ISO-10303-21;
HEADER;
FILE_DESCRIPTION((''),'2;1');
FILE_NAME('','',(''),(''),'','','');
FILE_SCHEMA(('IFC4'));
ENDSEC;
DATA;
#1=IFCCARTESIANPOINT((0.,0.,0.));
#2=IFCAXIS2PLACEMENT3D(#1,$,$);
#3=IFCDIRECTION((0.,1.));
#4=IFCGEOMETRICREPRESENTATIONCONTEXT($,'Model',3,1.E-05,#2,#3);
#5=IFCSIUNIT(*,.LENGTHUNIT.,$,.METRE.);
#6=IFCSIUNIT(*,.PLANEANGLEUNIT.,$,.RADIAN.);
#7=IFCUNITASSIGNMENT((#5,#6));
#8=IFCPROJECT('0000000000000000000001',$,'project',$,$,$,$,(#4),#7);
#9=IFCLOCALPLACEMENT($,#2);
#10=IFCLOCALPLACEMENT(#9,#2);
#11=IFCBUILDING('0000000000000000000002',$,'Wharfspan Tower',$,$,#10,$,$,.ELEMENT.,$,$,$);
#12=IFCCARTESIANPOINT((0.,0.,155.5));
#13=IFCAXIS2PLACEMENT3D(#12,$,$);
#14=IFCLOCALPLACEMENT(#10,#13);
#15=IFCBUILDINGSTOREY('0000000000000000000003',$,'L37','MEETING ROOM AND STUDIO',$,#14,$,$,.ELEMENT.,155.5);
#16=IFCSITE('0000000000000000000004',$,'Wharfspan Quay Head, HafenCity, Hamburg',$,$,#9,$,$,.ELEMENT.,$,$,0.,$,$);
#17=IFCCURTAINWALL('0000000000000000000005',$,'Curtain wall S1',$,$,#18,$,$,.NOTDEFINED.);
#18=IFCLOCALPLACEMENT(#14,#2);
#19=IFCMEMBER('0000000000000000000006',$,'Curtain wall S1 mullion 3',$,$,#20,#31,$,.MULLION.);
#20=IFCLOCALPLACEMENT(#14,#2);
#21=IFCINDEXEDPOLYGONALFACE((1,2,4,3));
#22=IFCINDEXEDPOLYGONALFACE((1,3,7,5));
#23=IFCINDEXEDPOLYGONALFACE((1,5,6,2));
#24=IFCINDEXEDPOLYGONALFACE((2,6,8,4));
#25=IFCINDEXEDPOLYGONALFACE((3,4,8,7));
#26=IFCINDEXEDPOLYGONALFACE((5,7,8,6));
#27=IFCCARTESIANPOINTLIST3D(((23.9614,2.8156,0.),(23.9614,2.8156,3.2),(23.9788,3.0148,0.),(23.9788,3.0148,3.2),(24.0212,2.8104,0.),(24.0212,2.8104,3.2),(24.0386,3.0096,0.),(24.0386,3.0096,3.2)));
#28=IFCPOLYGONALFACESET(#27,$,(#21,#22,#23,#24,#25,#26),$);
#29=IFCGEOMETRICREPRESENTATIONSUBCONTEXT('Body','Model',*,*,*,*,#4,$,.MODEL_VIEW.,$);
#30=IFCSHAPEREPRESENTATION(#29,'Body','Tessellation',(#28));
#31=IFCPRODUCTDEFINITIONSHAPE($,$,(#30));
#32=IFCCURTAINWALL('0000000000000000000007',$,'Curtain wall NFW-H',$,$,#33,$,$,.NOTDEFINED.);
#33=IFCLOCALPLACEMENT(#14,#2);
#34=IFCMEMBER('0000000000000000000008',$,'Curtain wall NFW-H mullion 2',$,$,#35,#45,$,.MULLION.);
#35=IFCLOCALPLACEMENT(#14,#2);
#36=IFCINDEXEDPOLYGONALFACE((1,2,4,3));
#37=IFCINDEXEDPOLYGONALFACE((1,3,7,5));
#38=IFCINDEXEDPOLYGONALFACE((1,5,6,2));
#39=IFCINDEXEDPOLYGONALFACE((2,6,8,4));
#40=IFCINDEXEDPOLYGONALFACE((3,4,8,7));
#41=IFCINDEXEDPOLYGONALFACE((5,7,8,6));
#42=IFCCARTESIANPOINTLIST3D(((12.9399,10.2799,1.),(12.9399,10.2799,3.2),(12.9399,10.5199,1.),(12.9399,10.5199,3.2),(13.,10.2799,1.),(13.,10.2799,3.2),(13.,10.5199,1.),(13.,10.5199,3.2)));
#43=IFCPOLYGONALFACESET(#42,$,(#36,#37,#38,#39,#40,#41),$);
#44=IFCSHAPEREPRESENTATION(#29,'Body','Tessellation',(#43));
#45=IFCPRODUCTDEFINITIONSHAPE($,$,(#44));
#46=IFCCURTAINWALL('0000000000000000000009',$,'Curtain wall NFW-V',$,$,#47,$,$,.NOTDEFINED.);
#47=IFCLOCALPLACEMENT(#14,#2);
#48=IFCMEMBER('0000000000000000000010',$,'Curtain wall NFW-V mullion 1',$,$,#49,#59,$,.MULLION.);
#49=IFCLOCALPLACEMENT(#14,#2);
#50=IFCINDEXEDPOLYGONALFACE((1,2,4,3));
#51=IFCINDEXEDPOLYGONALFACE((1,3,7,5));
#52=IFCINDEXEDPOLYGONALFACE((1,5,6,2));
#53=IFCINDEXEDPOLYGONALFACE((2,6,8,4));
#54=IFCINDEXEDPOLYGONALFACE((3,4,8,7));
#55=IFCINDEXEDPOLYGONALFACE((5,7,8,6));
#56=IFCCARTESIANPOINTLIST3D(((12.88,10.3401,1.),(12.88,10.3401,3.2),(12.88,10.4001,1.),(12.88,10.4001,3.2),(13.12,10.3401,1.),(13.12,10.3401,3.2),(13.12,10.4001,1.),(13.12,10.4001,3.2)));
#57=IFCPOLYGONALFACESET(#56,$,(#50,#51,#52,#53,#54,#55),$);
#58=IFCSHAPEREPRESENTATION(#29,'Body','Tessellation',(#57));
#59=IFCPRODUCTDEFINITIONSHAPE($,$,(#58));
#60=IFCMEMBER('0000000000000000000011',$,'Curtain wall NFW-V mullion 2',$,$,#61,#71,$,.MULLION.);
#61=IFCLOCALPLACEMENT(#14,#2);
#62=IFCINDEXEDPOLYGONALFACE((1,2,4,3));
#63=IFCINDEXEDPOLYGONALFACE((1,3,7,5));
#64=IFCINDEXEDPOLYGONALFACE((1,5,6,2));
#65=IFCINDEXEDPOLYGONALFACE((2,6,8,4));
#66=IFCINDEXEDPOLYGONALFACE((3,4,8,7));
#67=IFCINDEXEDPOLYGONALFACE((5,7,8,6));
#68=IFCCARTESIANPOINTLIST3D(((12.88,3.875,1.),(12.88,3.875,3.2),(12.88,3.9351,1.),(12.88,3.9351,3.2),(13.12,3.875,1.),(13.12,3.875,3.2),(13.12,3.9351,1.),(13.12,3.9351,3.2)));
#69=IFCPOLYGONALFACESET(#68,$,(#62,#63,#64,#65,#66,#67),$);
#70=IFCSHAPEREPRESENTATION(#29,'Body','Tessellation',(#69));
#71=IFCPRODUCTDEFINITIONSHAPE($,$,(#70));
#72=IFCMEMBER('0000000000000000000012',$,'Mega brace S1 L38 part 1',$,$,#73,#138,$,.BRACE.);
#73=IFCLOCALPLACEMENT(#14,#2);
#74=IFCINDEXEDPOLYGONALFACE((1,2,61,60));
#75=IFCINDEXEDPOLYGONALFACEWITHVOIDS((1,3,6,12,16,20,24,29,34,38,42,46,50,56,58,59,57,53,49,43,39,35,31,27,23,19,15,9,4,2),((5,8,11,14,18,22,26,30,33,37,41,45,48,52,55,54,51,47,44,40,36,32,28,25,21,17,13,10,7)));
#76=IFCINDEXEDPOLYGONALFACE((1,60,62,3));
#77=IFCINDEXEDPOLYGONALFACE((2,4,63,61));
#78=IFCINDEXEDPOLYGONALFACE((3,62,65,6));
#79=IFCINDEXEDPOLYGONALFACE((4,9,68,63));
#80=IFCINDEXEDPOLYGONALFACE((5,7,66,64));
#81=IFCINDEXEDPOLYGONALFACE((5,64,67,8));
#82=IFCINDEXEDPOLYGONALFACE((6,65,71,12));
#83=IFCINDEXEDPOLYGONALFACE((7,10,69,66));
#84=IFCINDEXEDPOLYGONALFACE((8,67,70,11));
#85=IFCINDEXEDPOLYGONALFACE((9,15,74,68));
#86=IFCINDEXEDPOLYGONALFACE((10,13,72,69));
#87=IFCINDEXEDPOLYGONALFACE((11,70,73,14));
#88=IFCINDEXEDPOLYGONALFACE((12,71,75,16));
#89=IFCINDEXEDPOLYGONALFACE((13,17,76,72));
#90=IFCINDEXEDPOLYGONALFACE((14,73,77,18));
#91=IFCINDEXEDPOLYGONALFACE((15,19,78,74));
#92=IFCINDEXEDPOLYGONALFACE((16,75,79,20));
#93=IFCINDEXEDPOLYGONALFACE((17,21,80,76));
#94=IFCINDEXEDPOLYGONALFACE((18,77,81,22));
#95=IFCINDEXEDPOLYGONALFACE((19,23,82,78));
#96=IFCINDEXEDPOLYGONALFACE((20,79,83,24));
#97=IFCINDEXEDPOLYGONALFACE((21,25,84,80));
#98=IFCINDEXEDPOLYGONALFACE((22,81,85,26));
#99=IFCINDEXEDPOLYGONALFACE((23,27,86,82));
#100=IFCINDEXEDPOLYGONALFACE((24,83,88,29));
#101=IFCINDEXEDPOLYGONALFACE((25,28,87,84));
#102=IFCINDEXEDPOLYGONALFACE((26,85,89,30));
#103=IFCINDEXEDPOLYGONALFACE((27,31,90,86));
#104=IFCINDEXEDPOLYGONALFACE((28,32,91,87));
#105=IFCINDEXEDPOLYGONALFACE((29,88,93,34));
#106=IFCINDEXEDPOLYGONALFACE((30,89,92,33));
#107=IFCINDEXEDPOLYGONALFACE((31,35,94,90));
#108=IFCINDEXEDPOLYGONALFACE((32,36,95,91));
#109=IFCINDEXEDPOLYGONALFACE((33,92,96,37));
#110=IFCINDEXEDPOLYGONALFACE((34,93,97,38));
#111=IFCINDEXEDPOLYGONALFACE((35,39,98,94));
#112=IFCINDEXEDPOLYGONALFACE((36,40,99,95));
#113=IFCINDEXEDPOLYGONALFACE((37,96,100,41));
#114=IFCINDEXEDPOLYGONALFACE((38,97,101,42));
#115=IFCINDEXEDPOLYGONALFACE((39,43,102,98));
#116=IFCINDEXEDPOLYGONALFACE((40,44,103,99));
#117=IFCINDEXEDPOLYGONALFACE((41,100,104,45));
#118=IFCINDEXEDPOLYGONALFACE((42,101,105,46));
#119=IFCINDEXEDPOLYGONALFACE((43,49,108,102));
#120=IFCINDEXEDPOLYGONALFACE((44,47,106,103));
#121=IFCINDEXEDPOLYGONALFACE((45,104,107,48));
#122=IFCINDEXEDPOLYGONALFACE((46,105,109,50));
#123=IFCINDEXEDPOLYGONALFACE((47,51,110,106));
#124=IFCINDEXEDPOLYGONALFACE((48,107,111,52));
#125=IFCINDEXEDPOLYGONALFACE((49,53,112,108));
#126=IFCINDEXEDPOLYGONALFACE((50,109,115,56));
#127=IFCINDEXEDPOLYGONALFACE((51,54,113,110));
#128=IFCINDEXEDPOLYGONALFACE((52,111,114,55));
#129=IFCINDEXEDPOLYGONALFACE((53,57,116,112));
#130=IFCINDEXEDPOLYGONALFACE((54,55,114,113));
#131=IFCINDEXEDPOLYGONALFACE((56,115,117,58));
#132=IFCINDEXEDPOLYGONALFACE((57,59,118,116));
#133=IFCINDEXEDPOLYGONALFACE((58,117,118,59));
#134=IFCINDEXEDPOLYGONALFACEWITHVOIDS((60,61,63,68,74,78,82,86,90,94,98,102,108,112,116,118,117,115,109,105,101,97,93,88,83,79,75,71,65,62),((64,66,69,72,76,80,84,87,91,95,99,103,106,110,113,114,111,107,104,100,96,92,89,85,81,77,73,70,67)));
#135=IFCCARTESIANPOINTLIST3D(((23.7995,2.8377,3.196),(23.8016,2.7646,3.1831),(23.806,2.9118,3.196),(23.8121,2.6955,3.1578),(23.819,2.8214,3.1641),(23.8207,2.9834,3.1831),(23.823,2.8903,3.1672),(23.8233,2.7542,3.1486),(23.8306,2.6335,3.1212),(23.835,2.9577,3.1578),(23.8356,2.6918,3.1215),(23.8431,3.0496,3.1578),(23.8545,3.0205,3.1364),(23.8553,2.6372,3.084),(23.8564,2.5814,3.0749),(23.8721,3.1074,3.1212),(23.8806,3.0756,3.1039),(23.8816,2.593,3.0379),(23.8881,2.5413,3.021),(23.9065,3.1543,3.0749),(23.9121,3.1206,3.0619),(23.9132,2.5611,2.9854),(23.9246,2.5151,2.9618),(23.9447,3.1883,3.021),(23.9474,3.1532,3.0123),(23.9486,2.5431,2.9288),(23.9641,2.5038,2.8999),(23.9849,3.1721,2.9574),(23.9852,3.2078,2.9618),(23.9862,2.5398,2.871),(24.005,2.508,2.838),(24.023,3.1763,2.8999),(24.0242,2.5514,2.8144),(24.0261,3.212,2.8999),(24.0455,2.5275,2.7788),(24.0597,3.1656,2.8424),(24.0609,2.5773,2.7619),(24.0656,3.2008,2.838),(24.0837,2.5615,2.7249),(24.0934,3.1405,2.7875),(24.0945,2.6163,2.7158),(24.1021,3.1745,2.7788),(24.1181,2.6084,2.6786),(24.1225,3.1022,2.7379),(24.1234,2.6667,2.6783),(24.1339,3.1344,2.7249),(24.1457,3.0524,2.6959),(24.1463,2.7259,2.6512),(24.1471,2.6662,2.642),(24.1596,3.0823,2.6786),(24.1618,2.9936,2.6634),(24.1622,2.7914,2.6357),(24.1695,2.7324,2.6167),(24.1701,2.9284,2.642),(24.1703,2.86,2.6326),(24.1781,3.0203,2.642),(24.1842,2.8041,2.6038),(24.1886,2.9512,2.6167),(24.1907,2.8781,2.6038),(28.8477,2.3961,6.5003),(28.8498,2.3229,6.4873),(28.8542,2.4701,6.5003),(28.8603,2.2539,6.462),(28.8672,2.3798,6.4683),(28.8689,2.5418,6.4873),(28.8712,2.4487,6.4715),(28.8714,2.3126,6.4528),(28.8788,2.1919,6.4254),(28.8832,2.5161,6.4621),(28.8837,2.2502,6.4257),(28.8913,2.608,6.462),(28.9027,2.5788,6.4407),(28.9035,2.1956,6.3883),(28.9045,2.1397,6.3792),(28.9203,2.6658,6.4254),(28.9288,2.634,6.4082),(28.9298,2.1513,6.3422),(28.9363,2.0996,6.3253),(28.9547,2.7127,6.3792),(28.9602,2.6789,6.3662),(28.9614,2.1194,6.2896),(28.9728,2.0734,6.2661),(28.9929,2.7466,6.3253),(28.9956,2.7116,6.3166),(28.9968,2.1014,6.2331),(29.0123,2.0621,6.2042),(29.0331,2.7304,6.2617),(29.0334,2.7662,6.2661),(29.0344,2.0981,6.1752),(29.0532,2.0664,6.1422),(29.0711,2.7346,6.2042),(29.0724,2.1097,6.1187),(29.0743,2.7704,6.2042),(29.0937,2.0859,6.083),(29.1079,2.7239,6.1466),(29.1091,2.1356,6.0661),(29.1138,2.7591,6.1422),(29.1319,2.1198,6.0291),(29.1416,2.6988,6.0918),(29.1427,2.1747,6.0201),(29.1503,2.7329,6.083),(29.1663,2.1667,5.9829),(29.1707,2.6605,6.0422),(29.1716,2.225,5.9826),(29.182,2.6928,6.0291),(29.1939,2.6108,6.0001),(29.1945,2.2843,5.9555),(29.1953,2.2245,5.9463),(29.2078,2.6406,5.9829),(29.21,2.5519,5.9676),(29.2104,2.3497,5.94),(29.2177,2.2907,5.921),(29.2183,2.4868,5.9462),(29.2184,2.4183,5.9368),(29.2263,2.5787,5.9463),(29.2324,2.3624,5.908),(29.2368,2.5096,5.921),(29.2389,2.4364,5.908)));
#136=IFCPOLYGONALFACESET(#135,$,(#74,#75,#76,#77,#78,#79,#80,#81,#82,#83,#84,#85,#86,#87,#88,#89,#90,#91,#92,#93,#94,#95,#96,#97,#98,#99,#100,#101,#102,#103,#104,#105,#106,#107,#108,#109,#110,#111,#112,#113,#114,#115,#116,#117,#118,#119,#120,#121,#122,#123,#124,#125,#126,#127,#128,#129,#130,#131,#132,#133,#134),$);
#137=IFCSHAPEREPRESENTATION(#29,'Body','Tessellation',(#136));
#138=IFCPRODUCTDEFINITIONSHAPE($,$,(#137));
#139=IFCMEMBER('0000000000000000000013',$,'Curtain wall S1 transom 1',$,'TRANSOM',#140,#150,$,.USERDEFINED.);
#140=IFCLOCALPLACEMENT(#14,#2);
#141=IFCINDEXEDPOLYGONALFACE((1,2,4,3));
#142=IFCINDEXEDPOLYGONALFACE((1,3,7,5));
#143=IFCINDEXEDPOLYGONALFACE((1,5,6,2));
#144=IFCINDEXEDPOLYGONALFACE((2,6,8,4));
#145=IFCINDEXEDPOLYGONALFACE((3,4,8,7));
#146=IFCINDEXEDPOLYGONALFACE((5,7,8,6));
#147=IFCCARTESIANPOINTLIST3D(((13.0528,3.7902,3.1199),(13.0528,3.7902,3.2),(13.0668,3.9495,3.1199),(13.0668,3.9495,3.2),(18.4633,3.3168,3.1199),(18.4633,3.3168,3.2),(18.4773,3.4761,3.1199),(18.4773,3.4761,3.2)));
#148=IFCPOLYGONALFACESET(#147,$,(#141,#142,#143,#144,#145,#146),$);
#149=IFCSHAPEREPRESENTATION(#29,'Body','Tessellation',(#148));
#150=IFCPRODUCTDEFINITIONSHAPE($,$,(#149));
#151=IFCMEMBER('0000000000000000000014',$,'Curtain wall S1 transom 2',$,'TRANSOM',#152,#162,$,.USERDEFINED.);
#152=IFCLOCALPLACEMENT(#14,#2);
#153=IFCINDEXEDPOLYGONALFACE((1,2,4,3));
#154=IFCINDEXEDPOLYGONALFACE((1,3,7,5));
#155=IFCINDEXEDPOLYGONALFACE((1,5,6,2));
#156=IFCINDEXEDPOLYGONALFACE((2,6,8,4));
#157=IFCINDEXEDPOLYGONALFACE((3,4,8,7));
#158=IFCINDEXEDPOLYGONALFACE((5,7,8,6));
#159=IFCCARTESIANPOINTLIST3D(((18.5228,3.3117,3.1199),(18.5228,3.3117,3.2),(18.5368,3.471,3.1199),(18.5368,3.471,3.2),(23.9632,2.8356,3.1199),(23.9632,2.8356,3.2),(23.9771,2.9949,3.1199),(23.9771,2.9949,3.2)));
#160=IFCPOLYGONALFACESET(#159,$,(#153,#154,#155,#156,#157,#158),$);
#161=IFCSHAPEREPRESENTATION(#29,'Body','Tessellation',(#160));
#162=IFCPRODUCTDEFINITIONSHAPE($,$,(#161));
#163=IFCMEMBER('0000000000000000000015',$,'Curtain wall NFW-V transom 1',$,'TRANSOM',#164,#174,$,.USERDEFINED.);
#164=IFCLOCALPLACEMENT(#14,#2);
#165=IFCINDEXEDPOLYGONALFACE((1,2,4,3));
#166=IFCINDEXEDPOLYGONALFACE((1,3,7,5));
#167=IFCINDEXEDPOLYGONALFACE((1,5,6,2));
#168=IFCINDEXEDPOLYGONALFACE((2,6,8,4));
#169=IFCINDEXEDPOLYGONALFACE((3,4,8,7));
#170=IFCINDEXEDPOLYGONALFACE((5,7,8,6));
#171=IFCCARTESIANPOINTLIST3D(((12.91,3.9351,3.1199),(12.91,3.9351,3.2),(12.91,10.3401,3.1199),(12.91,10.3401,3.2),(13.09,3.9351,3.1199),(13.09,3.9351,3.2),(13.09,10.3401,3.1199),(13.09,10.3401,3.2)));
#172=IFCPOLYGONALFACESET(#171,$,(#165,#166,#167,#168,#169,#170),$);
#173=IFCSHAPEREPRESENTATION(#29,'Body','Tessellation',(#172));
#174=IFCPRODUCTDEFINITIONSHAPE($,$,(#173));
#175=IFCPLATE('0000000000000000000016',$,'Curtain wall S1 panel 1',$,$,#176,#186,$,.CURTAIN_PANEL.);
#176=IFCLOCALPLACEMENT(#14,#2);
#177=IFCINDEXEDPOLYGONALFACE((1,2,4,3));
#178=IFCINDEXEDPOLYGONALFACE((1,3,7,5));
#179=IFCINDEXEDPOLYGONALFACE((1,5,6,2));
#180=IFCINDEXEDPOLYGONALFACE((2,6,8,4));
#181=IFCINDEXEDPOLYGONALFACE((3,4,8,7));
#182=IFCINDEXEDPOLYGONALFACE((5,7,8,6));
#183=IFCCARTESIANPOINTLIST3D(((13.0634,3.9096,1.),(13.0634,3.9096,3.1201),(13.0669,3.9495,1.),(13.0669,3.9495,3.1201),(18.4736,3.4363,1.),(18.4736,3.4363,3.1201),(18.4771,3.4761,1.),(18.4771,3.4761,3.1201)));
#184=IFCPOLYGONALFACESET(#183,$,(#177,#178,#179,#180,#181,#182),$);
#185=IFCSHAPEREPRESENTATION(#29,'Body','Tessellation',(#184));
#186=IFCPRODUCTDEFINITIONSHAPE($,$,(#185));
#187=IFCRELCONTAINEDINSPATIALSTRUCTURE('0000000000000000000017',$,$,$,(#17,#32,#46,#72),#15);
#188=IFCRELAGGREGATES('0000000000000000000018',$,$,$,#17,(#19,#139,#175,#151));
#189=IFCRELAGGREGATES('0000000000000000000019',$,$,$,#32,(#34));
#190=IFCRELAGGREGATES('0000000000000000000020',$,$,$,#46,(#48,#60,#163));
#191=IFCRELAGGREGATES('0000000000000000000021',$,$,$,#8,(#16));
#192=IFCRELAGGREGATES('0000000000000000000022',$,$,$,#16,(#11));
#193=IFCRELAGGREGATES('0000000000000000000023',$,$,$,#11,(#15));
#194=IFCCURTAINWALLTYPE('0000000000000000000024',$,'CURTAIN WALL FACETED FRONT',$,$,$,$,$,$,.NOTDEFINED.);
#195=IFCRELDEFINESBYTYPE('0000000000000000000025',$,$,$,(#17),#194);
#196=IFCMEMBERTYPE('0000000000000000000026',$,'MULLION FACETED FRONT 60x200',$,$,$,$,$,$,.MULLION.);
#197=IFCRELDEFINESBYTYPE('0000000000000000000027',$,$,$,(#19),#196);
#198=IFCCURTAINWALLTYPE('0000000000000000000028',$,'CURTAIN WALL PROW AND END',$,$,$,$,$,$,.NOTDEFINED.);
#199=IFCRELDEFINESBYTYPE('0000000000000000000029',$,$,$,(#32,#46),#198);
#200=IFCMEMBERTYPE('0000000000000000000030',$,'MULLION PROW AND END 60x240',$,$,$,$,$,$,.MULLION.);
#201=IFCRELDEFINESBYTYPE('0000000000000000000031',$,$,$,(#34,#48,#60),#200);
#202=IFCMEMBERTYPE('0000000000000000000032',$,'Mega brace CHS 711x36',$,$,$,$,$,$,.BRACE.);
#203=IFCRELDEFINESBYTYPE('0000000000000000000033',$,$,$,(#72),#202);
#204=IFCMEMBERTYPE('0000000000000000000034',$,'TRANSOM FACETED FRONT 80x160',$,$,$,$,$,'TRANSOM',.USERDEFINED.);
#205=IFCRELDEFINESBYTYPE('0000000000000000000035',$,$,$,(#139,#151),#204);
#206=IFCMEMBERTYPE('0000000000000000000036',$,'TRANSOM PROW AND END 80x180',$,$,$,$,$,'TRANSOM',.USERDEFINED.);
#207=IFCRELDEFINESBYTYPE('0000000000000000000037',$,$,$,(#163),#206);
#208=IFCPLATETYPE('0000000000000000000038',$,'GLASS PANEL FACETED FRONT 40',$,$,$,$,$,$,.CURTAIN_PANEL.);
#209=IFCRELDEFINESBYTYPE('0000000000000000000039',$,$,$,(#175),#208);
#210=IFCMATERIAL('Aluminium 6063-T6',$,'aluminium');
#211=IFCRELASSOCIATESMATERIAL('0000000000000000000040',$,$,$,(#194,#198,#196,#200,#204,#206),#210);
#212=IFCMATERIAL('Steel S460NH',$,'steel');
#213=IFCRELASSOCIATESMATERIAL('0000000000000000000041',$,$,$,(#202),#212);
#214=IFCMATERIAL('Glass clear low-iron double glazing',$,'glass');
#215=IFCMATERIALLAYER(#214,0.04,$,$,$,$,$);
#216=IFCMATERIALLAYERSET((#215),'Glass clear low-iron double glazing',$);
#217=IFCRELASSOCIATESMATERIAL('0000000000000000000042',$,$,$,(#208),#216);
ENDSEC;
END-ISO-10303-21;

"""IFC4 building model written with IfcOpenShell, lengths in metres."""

from ifc_helpers import new_model, si_unit, direction, frame, origin, origin_2d, place, context, subcontext, project, spatial, rectangle, hollow_circle, extrude, material, layer, layer_set, material_profile, profile_set, type_object, element, aggregate, save


model = new_model("IFC4")

# Units and contexts
model_context = context("Model", 3, precision=1e-05, world=origin(), true_north=direction((0.0, 1.0)))
body_context = subcontext(model_context, "Body", "Model", "MODEL_VIEW")
ifc_project = project(units=[si_unit("LENGTHUNIT", "METRE"), si_unit("PLANEANGLEUNIT", "RADIAN")], contexts=[model_context])

# Site, building, storey
site_placement = place(None, origin())
site = spatial("IfcSite", under=ifc_project, at=site_placement, Name="Wharfspan Quay Head, HafenCity, Hamburg", CompositionType="ELEMENT", RefElevation=0.0)
building_placement = place(site_placement, origin())
building = spatial("IfcBuilding", under=site, at=building_placement, Name="Wharfspan Tower", CompositionType="ELEMENT")
storey_placement = place(building_placement, frame((0.0, 0.0, 155.5)))
storey = spatial("IfcBuildingStorey", under=building, at=storey_placement, Name="L37", Description="MEETING ROOM AND STUDIO", CompositionType="ELEMENT", Elevation=155.5)

# Curtain wall, member
ifc_material_1 = material(Name="Aluminium 6063-T6", Category="aluminium")
curtain_wall_type_1 = type_object("IfcCurtainWallType", Name="CURTAIN WALL FACETED FRONT", PredefinedType="NOTDEFINED", material=ifc_material_1)
curtain_wall_1_placement = place(storey_placement, origin())
curtain_wall_1 = element("IfcCurtainWall", 1, at=curtain_wall_1_placement, inside=storey, type_object=curtain_wall_type_1, Name="Curtain wall S1", PredefinedType="NOTDEFINED")
ifc_material_profile_1 = material_profile(ifc_material_1, rectangle(XDim=0.2, YDim=0.0601, at=origin_2d()))
ifc_profile_set_1 = profile_set([ifc_material_profile_1], Name="Aluminium 6063-T6")
member_type_1 = type_object("IfcMemberType", Name="MULLION FACETED FRONT 60x200", PredefinedType="MULLION", material=ifc_profile_set_1)
member_1_placement = place(storey_placement, frame((24.0, 2.9126, 0.0), z_axis=(0.0, 0.0, 1.0), x_axis=(0.087156, 0.996198, 0.0)))
member_1 = element("IfcMember", 2, at=member_1_placement, type_object=member_type_1, Name="Curtain wall S1 mullion 3", PredefinedType="MULLION", context=body_context, shape_type="SweptSolid", body=[
    extrude(rectangle(XDim=0.2, YDim=0.0601, at=origin_2d()), origin(), (0.0, 0.0, 1.0), 3.2),
])

# Curtain wall, member
curtain_wall_type_2 = type_object("IfcCurtainWallType", Name="CURTAIN WALL PROW AND END", PredefinedType="NOTDEFINED", material=ifc_material_1)
curtain_wall_2_placement = place(storey_placement, origin())
curtain_wall_2 = element("IfcCurtainWall", 3, at=curtain_wall_2_placement, inside=storey, type_object=curtain_wall_type_2, Name="Curtain wall NFW-H", PredefinedType="NOTDEFINED")
ifc_material_profile_2 = material_profile(ifc_material_1, rectangle(XDim=0.24, YDim=0.0601, at=origin_2d()))
ifc_profile_set_2 = profile_set([ifc_material_profile_2], Name="Aluminium 6063-T6")
member_type_2 = type_object("IfcMemberType", Name="MULLION PROW AND END 60x240", PredefinedType="MULLION", material=ifc_profile_set_2)
member_2_placement = place(storey_placement, frame((12.97, 10.3999, 1.0), z_axis=(0.0, 0.0, 1.0), x_axis=(0.0, 1.0, 0.0)))
member_2 = element("IfcMember", 4, at=member_2_placement, type_object=member_type_2, Name="Curtain wall NFW-H mullion 2", PredefinedType="MULLION", context=body_context, shape_type="SweptSolid", body=[
    extrude(rectangle(XDim=0.24, YDim=0.0601, at=origin_2d()), origin(), (0.0, 0.0, 1.0), 2.2),
])

# Curtain wall, members
curtain_wall_3_placement = place(storey_placement, origin())
curtain_wall_3 = element("IfcCurtainWall", 5, at=curtain_wall_3_placement, inside=storey, type_object=curtain_wall_type_2, Name="Curtain wall NFW-V", PredefinedType="NOTDEFINED")
member_3_placement = place(storey_placement, frame((13.0, 10.3701, 1.0), z_axis=(0.0, 0.0, 1.0), x_axis=(1.0, 0.0, 0.0)))
member_3 = element("IfcMember", 6, at=member_3_placement, type_object=member_type_2, Name="Curtain wall NFW-V mullion 1", PredefinedType="MULLION", context=body_context, shape_type="SweptSolid", body=[
    extrude(rectangle(XDim=0.24, YDim=0.0601, at=origin_2d()), origin(), (0.0, 0.0, 1.0), 2.2),
])
member_4_placement = place(storey_placement, frame((13.0, 3.905, 1.0), z_axis=(0.0, 0.0, 1.0), x_axis=(1.0, 0.0, 0.0)))
member_4 = element("IfcMember", 7, at=member_4_placement, type_object=member_type_2, Name="Curtain wall NFW-V mullion 2", PredefinedType="MULLION", context=body_context, shape_type="SweptSolid", body=[
    extrude(rectangle(XDim=0.24, YDim=0.0601, at=origin_2d()), origin(), (0.0, 0.0, 1.0), 2.2),
])

# Members
ifc_material_2 = material(Name="Steel S460NH", Category="steel")
ifc_material_profile_3 = material_profile(ifc_material_2, hollow_circle(Radius=0.3555, WallThickness=0.0359, at=origin_2d()))
ifc_profile_set_3 = profile_set([ifc_material_profile_3], Name="Steel S460NH")
member_type_3 = type_object("IfcMemberType", Name="Mega brace CHS 711x36", PredefinedType="BRACE", material=ifc_profile_set_3)
member_5_placement = place(storey_placement, frame((23.9951, 2.8579, 2.8999), z_axis=(0.834469, -0.073006, 0.546197), x_axis=(0.087156, 0.996198, -0.000001)))
element("IfcMember", 8, at=member_5_placement, inside=storey, type_object=member_type_3, Name="Mega brace S1 L38 part 1", PredefinedType="BRACE", context=body_context, shape_type="SweptSolid", body=[
    extrude(hollow_circle(Radius=0.3555, WallThickness=0.0359, at=origin_2d()), origin(), (0.0, 0.0, 1.0), 6.0496),
])
ifc_material_profile_4 = material_profile(ifc_material_1, rectangle(XDim=0.1599, YDim=0.0801, at=origin_2d()))
ifc_profile_set_4 = profile_set([ifc_material_profile_4], Name="Aluminium 6063-T6")
member_type_4 = type_object("IfcMemberType", Name="TRANSOM FACETED FRONT 80x160", ElementType="TRANSOM", PredefinedType="USERDEFINED", material=ifc_profile_set_4)
member_6_placement = place(storey_placement, frame((13.0598, 3.8699, 3.1599), z_axis=(0.996194, -0.087163, 0.0), x_axis=(0.087163, 0.996194, 0.0)))
member_6 = element("IfcMember", 9, at=member_6_placement, type_object=member_type_4, Name="Curtain wall S1 transom 1", ObjectType="TRANSOM", PredefinedType="USERDEFINED", context=body_context, shape_type="SweptSolid", body=[
    extrude(rectangle(XDim=0.1599, YDim=0.0801, at=origin_2d()), origin(), (0.0, 0.0, 1.0), 5.4312),
])
member_7_placement = place(storey_placement, frame((18.5298, 3.3914, 3.1599), z_axis=(0.996193, -0.087174, 0.0), x_axis=(0.087174, 0.996193, 0.0)))
member_7 = element("IfcMember", 10, at=member_7_placement, type_object=member_type_4, Name="Curtain wall S1 transom 2", ObjectType="TRANSOM", PredefinedType="USERDEFINED", context=body_context, shape_type="SweptSolid", body=[
    extrude(rectangle(XDim=0.1599, YDim=0.0801, at=origin_2d()), origin(), (0.0, 0.0, 1.0), 5.4612),
])
ifc_material_profile_5 = material_profile(ifc_material_1, rectangle(XDim=0.1799, YDim=0.0801, at=origin_2d()))
ifc_profile_set_5 = profile_set([ifc_material_profile_5], Name="Aluminium 6063-T6")
member_type_5 = type_object("IfcMemberType", Name="TRANSOM PROW AND END 80x180", ElementType="TRANSOM", PredefinedType="USERDEFINED", material=ifc_profile_set_5)
member_8_placement = place(storey_placement, frame((13.0, 10.3401, 3.1599), z_axis=(0.0, -1.0, 0.0), x_axis=(1.0, 0.0, 0.0)))
member_8 = element("IfcMember", 11, at=member_8_placement, type_object=member_type_5, Name="Curtain wall NFW-V transom 1", ObjectType="TRANSOM", PredefinedType="USERDEFINED", context=body_context, shape_type="SweptSolid", body=[
    extrude(rectangle(XDim=0.1799, YDim=0.0801, at=origin_2d()), origin(), (0.0, 0.0, 1.0), 6.405),
])

# Plate
ifc_material_3 = material(Name="Glass clear low-iron double glazing", Category="glass")
ifc_layer_1 = layer(ifc_material_3, 0.04)
ifc_layer_set_1 = layer_set([ifc_layer_1], Name="Glass clear low-iron double glazing")
plate_type_1 = type_object("IfcPlateType", Name="GLASS PANEL FACETED FRONT 40", PredefinedType="CURTAIN_PANEL", material=ifc_layer_set_1)
plate_1_placement = place(storey_placement, frame((15.7703, 3.6929, 1.0), z_axis=(0.0, 0.0, 1.0), x_axis=(0.996198, -0.087156, 0.0)))
plate_1 = element("IfcPlate", 12, at=plate_1_placement, type_object=plate_type_1, Name="Curtain wall S1 panel 1", PredefinedType="CURTAIN_PANEL", context=body_context, shape_type="SweptSolid", body=[
    extrude(rectangle(XDim=5.4309, YDim=0.04, at=origin_2d()), origin(), (0.0, 0.0, 1.0), 2.1201),
])
aggregate(curtain_wall_1, [member_1, member_6, plate_1, member_7])
aggregate(curtain_wall_2, [member_2])
aggregate(curtain_wall_3, [member_3, member_4, member_8])

save(model, "model.ifc")
